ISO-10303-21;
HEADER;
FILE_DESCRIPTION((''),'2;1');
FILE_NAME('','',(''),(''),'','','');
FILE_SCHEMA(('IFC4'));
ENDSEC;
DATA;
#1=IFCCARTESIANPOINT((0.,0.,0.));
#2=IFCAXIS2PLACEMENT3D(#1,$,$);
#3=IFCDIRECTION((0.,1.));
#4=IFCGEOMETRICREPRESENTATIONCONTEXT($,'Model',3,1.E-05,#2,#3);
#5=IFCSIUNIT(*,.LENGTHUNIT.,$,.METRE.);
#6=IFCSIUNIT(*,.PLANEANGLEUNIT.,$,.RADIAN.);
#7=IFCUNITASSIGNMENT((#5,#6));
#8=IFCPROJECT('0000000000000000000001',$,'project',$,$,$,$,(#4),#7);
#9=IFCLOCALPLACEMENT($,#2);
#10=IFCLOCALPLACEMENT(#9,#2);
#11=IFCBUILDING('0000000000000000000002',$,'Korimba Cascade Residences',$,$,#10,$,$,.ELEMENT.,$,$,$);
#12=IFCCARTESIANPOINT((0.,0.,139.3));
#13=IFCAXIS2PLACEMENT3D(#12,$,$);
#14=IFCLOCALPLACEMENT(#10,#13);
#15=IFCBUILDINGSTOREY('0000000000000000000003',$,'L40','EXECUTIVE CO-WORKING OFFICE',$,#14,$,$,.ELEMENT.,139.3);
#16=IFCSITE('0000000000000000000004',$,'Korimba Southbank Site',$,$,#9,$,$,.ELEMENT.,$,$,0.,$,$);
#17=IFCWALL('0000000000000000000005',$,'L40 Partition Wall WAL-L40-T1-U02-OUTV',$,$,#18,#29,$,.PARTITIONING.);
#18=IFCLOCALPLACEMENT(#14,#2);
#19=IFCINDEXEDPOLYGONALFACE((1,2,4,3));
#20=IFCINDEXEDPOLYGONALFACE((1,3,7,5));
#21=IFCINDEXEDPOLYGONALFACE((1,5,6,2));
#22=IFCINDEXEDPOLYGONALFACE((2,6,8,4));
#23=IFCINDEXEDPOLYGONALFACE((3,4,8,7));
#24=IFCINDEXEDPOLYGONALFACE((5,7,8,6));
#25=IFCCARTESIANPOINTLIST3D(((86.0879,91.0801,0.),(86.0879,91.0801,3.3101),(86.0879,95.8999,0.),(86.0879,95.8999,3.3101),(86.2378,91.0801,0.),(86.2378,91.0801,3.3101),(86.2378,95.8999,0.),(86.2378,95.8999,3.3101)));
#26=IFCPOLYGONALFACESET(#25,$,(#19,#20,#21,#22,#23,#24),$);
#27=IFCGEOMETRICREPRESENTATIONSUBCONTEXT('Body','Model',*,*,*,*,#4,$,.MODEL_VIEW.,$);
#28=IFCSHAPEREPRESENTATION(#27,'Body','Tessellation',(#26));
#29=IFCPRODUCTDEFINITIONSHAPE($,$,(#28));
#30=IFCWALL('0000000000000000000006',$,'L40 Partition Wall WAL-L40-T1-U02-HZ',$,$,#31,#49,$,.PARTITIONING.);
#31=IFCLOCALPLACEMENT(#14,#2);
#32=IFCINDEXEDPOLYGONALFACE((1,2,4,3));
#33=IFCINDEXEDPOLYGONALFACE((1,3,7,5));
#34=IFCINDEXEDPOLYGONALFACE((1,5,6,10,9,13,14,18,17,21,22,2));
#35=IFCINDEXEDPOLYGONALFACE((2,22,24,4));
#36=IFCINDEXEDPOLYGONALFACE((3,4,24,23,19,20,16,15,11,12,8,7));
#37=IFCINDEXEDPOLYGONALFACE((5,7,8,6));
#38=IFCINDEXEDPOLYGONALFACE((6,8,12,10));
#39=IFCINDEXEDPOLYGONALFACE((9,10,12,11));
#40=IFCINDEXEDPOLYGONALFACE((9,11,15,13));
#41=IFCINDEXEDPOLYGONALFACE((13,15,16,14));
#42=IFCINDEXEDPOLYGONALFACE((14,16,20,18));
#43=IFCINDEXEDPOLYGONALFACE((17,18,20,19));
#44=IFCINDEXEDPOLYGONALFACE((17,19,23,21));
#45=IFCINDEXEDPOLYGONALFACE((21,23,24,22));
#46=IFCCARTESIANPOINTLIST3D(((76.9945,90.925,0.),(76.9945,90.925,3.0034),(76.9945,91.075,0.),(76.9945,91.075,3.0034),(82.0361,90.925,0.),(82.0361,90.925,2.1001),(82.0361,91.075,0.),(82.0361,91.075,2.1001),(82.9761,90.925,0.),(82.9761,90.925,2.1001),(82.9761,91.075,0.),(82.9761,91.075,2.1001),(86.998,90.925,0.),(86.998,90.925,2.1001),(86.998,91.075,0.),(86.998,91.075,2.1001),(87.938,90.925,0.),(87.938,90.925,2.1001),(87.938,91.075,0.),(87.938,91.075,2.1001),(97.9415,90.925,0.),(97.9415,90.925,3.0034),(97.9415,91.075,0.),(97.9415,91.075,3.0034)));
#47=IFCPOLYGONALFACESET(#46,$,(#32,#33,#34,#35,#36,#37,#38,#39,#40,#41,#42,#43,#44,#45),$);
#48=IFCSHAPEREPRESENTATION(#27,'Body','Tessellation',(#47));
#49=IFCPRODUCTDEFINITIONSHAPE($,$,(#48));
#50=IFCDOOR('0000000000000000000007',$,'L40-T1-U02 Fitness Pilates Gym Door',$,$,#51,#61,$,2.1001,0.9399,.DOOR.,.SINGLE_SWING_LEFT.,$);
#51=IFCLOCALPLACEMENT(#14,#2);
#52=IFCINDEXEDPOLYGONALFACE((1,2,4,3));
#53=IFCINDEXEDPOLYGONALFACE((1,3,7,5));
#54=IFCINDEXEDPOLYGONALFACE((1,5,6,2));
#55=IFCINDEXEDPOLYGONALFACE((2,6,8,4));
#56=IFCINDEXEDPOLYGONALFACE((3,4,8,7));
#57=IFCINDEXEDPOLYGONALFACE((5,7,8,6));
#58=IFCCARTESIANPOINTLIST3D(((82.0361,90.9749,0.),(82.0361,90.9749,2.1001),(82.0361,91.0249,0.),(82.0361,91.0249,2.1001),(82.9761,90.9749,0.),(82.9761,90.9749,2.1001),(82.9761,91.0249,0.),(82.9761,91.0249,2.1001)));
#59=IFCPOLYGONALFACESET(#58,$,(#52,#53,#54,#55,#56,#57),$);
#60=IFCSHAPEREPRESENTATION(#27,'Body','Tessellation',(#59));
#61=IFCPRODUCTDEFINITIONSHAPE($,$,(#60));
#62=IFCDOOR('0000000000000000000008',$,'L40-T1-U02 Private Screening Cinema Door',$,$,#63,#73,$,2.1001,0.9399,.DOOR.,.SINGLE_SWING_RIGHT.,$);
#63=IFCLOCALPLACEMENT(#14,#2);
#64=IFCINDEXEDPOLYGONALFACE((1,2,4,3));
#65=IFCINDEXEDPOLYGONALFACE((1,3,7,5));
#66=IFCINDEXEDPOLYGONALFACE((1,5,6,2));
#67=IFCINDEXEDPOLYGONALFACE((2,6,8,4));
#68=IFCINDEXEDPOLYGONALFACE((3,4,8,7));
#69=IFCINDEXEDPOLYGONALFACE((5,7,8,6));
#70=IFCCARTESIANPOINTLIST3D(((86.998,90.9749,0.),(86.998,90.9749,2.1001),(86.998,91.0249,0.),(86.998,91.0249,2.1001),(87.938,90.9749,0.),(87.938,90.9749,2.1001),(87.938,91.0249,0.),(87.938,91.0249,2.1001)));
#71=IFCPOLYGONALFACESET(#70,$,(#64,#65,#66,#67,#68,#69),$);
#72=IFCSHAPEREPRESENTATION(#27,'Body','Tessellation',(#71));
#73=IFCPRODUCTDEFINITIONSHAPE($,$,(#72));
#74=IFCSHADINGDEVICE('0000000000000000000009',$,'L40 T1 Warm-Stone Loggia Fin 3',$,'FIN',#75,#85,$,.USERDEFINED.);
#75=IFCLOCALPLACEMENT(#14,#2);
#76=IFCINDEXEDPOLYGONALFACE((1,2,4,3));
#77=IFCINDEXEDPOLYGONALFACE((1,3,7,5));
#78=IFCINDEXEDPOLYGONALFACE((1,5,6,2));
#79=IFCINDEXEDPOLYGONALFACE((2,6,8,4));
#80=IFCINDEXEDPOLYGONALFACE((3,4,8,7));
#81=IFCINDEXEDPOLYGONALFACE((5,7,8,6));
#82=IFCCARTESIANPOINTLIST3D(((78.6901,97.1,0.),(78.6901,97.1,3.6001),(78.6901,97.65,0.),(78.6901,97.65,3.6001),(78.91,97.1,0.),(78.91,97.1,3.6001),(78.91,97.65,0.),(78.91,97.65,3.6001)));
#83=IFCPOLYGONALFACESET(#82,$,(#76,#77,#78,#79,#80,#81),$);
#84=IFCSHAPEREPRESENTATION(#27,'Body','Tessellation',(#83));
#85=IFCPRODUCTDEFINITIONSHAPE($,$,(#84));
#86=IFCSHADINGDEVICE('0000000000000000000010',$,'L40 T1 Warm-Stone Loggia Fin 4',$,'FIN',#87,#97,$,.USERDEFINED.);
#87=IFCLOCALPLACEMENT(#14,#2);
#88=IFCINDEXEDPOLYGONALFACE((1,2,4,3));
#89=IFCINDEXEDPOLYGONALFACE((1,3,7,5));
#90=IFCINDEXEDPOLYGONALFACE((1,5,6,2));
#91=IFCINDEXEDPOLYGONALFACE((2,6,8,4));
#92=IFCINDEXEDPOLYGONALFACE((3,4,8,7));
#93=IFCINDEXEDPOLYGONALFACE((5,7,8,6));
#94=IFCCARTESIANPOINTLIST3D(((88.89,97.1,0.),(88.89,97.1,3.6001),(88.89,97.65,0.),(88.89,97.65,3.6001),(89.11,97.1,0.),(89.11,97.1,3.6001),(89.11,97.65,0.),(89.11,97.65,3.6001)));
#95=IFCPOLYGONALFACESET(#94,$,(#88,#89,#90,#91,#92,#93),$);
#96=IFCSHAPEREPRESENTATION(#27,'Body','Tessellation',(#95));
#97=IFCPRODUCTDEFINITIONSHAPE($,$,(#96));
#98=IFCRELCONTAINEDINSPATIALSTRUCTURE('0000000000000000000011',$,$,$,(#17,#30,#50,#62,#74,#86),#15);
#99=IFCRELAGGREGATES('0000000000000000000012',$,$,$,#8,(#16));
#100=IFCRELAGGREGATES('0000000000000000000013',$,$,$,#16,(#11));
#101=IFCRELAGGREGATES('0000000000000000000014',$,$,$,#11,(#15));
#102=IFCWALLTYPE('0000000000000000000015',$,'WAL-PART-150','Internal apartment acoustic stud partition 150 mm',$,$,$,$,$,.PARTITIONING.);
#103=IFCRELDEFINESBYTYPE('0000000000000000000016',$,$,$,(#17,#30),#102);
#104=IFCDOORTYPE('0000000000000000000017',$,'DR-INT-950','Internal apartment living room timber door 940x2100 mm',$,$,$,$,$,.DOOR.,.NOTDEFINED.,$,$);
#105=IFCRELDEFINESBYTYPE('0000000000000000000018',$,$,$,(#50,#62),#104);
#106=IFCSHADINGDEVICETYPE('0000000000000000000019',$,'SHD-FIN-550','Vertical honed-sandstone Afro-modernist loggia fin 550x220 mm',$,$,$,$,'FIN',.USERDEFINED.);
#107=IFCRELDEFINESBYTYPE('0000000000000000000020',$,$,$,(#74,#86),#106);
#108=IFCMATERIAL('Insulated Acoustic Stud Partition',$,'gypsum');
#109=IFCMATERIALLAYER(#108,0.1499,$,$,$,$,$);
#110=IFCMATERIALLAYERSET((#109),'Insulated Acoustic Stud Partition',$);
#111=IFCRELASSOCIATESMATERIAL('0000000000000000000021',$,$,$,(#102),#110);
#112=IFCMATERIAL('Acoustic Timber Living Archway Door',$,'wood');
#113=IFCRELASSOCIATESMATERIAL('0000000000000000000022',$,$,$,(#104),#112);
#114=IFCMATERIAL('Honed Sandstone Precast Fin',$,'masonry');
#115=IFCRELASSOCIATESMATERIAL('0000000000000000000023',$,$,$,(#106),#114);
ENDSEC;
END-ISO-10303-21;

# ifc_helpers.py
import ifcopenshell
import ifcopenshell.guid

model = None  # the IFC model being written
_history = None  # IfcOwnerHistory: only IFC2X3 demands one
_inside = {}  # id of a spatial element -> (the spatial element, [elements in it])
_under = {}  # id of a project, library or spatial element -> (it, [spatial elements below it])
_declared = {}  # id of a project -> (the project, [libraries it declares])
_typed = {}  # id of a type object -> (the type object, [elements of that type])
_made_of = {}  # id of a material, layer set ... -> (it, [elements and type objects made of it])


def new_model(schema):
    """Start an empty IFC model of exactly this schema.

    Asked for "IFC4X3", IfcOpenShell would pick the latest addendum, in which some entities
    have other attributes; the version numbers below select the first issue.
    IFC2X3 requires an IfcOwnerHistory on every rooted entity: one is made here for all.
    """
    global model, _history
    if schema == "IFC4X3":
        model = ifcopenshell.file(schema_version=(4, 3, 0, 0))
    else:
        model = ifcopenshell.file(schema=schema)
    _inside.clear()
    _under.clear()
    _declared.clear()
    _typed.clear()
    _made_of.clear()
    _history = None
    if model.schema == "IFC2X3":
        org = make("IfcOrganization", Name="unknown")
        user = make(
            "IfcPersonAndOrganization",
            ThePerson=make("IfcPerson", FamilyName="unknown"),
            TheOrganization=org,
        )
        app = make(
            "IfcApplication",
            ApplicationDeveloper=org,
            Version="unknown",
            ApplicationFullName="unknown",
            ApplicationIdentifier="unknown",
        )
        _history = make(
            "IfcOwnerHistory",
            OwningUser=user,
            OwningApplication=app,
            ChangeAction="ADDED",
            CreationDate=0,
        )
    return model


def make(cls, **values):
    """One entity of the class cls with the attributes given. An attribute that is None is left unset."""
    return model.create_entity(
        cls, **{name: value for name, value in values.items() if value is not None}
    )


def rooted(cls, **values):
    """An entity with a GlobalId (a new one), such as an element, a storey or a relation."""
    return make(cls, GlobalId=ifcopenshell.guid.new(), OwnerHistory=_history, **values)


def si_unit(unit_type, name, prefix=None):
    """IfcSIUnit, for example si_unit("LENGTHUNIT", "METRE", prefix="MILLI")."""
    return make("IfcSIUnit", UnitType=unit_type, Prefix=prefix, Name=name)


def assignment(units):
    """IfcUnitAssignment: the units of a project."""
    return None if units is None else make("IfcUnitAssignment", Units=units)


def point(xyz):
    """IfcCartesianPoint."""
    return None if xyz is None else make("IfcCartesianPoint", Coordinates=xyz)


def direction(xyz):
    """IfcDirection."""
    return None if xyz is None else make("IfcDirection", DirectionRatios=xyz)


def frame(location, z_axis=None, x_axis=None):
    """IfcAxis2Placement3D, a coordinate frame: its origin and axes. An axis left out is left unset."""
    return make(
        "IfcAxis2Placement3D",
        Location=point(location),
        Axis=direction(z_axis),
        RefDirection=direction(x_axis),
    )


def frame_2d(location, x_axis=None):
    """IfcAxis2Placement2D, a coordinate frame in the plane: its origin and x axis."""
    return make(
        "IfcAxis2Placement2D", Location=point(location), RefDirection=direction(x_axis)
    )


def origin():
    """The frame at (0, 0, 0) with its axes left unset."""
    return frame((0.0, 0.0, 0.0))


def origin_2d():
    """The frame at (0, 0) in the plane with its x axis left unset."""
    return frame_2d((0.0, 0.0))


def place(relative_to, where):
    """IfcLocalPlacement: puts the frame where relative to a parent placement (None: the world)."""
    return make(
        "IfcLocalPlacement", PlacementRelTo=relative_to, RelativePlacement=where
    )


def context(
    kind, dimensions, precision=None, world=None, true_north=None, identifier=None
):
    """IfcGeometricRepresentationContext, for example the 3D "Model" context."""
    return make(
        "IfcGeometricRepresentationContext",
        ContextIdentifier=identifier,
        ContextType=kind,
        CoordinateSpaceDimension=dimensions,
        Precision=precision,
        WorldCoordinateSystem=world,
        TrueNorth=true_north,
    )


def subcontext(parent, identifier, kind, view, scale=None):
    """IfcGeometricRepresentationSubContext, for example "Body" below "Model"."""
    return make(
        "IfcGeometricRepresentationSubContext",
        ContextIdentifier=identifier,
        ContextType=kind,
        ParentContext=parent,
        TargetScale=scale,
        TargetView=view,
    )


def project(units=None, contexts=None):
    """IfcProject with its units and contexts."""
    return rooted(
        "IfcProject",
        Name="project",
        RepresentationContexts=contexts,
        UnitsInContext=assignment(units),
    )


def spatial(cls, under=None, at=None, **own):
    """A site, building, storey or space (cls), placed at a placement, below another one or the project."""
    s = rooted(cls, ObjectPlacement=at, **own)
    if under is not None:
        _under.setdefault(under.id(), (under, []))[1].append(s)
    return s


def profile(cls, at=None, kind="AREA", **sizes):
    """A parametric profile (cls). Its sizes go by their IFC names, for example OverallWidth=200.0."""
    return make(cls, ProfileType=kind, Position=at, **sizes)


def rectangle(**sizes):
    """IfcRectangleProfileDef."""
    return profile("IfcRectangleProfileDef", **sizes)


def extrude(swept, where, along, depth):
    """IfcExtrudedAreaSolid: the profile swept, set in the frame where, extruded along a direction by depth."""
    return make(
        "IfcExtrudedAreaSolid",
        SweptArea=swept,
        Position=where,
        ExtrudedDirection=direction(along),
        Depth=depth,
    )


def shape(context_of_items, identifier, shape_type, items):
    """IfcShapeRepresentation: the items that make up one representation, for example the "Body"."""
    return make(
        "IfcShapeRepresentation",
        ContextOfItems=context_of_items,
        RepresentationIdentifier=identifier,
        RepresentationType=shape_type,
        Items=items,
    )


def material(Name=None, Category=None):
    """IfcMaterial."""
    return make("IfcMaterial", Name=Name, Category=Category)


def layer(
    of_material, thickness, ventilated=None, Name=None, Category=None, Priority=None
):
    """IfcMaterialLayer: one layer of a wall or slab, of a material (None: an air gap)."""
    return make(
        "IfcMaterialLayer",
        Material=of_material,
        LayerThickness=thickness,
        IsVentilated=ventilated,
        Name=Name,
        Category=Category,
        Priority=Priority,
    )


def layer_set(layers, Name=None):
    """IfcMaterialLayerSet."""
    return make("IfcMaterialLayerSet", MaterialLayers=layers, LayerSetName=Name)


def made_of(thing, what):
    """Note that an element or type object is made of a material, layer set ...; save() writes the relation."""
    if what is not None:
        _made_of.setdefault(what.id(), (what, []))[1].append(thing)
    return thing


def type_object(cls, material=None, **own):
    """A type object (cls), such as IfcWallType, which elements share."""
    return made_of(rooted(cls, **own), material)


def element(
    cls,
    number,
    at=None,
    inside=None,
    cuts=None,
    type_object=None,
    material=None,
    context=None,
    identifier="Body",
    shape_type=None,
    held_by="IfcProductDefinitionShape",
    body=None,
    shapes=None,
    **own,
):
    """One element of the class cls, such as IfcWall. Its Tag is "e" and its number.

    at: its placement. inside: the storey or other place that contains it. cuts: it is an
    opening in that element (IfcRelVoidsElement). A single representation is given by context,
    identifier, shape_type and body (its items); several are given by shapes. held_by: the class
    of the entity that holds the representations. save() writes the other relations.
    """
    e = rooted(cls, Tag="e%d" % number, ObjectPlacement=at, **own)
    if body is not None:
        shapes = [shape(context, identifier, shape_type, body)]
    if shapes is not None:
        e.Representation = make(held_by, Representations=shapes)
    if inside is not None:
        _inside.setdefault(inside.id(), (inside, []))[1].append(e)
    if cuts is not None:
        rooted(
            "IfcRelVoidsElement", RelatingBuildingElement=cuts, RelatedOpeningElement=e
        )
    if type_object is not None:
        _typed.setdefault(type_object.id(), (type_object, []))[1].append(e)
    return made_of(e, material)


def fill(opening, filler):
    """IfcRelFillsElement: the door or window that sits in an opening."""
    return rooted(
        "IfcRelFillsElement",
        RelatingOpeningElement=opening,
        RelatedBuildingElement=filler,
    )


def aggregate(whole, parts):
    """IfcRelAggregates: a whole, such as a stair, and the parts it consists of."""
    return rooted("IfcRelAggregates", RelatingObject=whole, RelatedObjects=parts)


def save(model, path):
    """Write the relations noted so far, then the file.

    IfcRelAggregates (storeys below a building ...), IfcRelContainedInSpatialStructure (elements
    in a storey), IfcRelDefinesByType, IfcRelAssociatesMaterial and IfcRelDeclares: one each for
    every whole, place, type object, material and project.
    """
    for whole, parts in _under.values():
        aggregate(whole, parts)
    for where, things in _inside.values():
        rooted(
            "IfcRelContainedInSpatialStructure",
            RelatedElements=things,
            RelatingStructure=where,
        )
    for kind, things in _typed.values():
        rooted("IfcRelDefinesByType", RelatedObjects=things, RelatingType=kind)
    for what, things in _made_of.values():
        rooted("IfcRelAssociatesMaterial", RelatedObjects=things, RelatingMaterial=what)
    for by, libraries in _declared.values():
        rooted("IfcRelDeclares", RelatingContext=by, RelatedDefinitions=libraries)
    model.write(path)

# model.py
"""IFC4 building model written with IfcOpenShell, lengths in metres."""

from ifc_helpers import new_model, si_unit, direction, frame, frame_2d, origin, origin_2d, place, context, subcontext, project, spatial, rectangle, extrude, material, layer, layer_set, type_object, element, fill, save


model = new_model("IFC4")

# Units and contexts
model_context = context("Model", 3, precision=1e-05, world=origin(), true_north=direction((0.0, 1.0)))
body_context = subcontext(model_context, "Body", "Model", "MODEL_VIEW")
ifc_project = project(units=[si_unit("LENGTHUNIT", "METRE"), si_unit("PLANEANGLEUNIT", "RADIAN")], contexts=[model_context])

# Site, building, storey
site_placement = place(None, origin())
site = spatial("IfcSite", under=ifc_project, at=site_placement, Name="Korimba Southbank Site", CompositionType="ELEMENT", RefElevation=0.0)
building_placement = place(site_placement, origin())
building = spatial("IfcBuilding", under=site, at=building_placement, Name="Korimba Cascade Residences", CompositionType="ELEMENT")
storey_placement = place(building_placement, frame((0.0, 0.0, 139.3)))
storey = spatial("IfcBuildingStorey", under=building, at=storey_placement, Name="L40", Description="EXECUTIVE CO-WORKING OFFICE", CompositionType="ELEMENT", Elevation=139.3)

# Wall
ifc_material_1 = material(Name="Insulated Acoustic Stud Partition", Category="gypsum")
ifc_layer = layer(ifc_material_1, 0.1499)
ifc_layer_set = layer_set([ifc_layer], Name="Insulated Acoustic Stud Partition")
wall_type = type_object("IfcWallType", Name="WAL-PART-150", Description="Internal apartment acoustic stud partition 150 mm", PredefinedType="PARTITIONING", material=ifc_layer_set)
wall_1_placement = place(storey_placement, frame((86.1628, 91.0801, 0.0), z_axis=(0.0, 0.0, 1.0), x_axis=(0.0, 1.0, 0.0)))
element("IfcWall", 1, at=wall_1_placement, inside=storey, type_object=wall_type, Name="L40 Partition Wall WAL-L40-T1-U02-OUTV", PredefinedType="PARTITIONING", context=body_context, shape_type="SweptSolid", body=[
    extrude(rectangle(XDim=4.8198, YDim=0.1499, at=frame_2d((2.4099, 0.0))), origin(), (0.0, 0.0, 1.0), 3.3101),
])

# Wall, openings, doors
wall_2_placement = place(storey_placement, frame((76.9944, 91.0, 0.0), z_axis=(0.0, 0.0, 1.0), x_axis=(1.0, 0.0, 0.0)))
wall_2 = element("IfcWall", 2, at=wall_2_placement, inside=storey, type_object=wall_type, Name="L40 Partition Wall WAL-L40-T1-U02-HZ", PredefinedType="PARTITIONING", context=body_context, shape_type="SweptSolid", body=[
    extrude(rectangle(XDim=20.947, YDim=0.1499, at=frame_2d((10.4736, 0.0))), origin(), (0.0, 0.0, 1.0), 3.0034),
])
opening_1_placement = place(wall_2_placement, frame((5.0417, 0.0, 0.0)))
opening_1 = element("IfcOpeningElement", 3, at=opening_1_placement, cuts=wall_2, PredefinedType="OPENING", context=body_context, shape_type="SweptSolid", body=[
    extrude(rectangle(XDim=0.9399, YDim=2.1001, at=frame_2d((0.47, 1.05))), frame((0.0, 0.085, 0.0), z_axis=(0.0, -1.0, 0.0), x_axis=(1.0, 0.0, 0.0)), (0.0, 0.0, 1.0), 0.1699),
])
opening_2_placement = place(wall_2_placement, frame((10.0037, 0.0, 0.0)))
opening_2 = element("IfcOpeningElement", 4, at=opening_2_placement, cuts=wall_2, PredefinedType="OPENING", context=body_context, shape_type="SweptSolid", body=[
    extrude(rectangle(XDim=0.9399, YDim=2.1001, at=frame_2d((0.47, 1.05))), frame((0.0, 0.085, 0.0), z_axis=(0.0, -1.0, 0.0), x_axis=(1.0, 0.0, 0.0)), (0.0, 0.0, 1.0), 0.1699),
])
ifc_material_2 = material(Name="Acoustic Timber Living Archway Door", Category="wood")
door_type = type_object("IfcDoorType", Name="DR-INT-950", Description="Internal apartment living room timber door 940x2100 mm", OperationType="NOTDEFINED", PredefinedType="DOOR", material=ifc_material_2)
door_1_placement = place(opening_1_placement, origin())
door_1 = element("IfcDoor", 5, at=door_1_placement, inside=storey, type_object=door_type, Name="L40-T1-U02 Fitness Pilates Gym Door", OperationType="SINGLE_SWING_LEFT", OverallHeight=2.1001, OverallWidth=0.9399, PredefinedType="DOOR", context=body_context, shape_type="SweptSolid", body=[
    extrude(rectangle(XDim=0.9399, YDim=2.1001, at=frame_2d((0.47, 1.05))), frame((0.0, 0.0249, 0.0), z_axis=(0.0, -1.0, 0.0), x_axis=(1.0, 0.0, 0.0)), (0.0, 0.0, 1.0), 0.05),
])
fill(opening_1, door_1)
door_2_placement = place(opening_2_placement, origin())
door_2 = element("IfcDoor", 6, at=door_2_placement, inside=storey, type_object=door_type, Name="L40-T1-U02 Private Screening Cinema Door", OperationType="SINGLE_SWING_RIGHT", OverallHeight=2.1001, OverallWidth=0.9399, PredefinedType="DOOR", context=body_context, shape_type="SweptSolid", body=[
    extrude(rectangle(XDim=0.9399, YDim=2.1001, at=frame_2d((0.47, 1.05))), frame((0.0, 0.0249, 0.0), z_axis=(0.0, -1.0, 0.0), x_axis=(1.0, 0.0, 0.0)), (0.0, 0.0, 1.0), 0.05),
])
fill(opening_2, door_2)

# Shading devices
ifc_material_3 = material(Name="Honed Sandstone Precast Fin", Category="masonry")
shading_device_type = type_object("IfcShadingDeviceType", Name="SHD-FIN-550", Description="Vertical honed-sandstone Afro-modernist loggia fin 550x220 mm", ElementType="FIN", PredefinedType="USERDEFINED", material=ifc_material_3)
for number, where, z_axis, x_axis, name in (
    (7, (78.8, 97.375, 0.0), (0.0, 0.0, 1.0), (1.0, 0.0, 0.0), "L40 T1 Warm-Stone Loggia Fin 3"),
    (8, (89.0, 97.375, 0.0), (0.0, 0.0, 1.0), (1.0, 0.0, 0.0), "L40 T1 Warm-Stone Loggia Fin 4"),
):
    element("IfcShadingDevice", number, at=place(storey_placement, frame(where, z_axis=z_axis, x_axis=x_axis)), inside=storey, type_object=shading_device_type, Name=name, ObjectType="FIN", PredefinedType="USERDEFINED", context=body_context, shape_type="SweptSolid", body=[
        extrude(rectangle(XDim=0.22, YDim=0.55, at=origin_2d()), origin(), (0.0, 0.0, 1.0), 3.6001),
    ])

save(model, "model.ifc")
